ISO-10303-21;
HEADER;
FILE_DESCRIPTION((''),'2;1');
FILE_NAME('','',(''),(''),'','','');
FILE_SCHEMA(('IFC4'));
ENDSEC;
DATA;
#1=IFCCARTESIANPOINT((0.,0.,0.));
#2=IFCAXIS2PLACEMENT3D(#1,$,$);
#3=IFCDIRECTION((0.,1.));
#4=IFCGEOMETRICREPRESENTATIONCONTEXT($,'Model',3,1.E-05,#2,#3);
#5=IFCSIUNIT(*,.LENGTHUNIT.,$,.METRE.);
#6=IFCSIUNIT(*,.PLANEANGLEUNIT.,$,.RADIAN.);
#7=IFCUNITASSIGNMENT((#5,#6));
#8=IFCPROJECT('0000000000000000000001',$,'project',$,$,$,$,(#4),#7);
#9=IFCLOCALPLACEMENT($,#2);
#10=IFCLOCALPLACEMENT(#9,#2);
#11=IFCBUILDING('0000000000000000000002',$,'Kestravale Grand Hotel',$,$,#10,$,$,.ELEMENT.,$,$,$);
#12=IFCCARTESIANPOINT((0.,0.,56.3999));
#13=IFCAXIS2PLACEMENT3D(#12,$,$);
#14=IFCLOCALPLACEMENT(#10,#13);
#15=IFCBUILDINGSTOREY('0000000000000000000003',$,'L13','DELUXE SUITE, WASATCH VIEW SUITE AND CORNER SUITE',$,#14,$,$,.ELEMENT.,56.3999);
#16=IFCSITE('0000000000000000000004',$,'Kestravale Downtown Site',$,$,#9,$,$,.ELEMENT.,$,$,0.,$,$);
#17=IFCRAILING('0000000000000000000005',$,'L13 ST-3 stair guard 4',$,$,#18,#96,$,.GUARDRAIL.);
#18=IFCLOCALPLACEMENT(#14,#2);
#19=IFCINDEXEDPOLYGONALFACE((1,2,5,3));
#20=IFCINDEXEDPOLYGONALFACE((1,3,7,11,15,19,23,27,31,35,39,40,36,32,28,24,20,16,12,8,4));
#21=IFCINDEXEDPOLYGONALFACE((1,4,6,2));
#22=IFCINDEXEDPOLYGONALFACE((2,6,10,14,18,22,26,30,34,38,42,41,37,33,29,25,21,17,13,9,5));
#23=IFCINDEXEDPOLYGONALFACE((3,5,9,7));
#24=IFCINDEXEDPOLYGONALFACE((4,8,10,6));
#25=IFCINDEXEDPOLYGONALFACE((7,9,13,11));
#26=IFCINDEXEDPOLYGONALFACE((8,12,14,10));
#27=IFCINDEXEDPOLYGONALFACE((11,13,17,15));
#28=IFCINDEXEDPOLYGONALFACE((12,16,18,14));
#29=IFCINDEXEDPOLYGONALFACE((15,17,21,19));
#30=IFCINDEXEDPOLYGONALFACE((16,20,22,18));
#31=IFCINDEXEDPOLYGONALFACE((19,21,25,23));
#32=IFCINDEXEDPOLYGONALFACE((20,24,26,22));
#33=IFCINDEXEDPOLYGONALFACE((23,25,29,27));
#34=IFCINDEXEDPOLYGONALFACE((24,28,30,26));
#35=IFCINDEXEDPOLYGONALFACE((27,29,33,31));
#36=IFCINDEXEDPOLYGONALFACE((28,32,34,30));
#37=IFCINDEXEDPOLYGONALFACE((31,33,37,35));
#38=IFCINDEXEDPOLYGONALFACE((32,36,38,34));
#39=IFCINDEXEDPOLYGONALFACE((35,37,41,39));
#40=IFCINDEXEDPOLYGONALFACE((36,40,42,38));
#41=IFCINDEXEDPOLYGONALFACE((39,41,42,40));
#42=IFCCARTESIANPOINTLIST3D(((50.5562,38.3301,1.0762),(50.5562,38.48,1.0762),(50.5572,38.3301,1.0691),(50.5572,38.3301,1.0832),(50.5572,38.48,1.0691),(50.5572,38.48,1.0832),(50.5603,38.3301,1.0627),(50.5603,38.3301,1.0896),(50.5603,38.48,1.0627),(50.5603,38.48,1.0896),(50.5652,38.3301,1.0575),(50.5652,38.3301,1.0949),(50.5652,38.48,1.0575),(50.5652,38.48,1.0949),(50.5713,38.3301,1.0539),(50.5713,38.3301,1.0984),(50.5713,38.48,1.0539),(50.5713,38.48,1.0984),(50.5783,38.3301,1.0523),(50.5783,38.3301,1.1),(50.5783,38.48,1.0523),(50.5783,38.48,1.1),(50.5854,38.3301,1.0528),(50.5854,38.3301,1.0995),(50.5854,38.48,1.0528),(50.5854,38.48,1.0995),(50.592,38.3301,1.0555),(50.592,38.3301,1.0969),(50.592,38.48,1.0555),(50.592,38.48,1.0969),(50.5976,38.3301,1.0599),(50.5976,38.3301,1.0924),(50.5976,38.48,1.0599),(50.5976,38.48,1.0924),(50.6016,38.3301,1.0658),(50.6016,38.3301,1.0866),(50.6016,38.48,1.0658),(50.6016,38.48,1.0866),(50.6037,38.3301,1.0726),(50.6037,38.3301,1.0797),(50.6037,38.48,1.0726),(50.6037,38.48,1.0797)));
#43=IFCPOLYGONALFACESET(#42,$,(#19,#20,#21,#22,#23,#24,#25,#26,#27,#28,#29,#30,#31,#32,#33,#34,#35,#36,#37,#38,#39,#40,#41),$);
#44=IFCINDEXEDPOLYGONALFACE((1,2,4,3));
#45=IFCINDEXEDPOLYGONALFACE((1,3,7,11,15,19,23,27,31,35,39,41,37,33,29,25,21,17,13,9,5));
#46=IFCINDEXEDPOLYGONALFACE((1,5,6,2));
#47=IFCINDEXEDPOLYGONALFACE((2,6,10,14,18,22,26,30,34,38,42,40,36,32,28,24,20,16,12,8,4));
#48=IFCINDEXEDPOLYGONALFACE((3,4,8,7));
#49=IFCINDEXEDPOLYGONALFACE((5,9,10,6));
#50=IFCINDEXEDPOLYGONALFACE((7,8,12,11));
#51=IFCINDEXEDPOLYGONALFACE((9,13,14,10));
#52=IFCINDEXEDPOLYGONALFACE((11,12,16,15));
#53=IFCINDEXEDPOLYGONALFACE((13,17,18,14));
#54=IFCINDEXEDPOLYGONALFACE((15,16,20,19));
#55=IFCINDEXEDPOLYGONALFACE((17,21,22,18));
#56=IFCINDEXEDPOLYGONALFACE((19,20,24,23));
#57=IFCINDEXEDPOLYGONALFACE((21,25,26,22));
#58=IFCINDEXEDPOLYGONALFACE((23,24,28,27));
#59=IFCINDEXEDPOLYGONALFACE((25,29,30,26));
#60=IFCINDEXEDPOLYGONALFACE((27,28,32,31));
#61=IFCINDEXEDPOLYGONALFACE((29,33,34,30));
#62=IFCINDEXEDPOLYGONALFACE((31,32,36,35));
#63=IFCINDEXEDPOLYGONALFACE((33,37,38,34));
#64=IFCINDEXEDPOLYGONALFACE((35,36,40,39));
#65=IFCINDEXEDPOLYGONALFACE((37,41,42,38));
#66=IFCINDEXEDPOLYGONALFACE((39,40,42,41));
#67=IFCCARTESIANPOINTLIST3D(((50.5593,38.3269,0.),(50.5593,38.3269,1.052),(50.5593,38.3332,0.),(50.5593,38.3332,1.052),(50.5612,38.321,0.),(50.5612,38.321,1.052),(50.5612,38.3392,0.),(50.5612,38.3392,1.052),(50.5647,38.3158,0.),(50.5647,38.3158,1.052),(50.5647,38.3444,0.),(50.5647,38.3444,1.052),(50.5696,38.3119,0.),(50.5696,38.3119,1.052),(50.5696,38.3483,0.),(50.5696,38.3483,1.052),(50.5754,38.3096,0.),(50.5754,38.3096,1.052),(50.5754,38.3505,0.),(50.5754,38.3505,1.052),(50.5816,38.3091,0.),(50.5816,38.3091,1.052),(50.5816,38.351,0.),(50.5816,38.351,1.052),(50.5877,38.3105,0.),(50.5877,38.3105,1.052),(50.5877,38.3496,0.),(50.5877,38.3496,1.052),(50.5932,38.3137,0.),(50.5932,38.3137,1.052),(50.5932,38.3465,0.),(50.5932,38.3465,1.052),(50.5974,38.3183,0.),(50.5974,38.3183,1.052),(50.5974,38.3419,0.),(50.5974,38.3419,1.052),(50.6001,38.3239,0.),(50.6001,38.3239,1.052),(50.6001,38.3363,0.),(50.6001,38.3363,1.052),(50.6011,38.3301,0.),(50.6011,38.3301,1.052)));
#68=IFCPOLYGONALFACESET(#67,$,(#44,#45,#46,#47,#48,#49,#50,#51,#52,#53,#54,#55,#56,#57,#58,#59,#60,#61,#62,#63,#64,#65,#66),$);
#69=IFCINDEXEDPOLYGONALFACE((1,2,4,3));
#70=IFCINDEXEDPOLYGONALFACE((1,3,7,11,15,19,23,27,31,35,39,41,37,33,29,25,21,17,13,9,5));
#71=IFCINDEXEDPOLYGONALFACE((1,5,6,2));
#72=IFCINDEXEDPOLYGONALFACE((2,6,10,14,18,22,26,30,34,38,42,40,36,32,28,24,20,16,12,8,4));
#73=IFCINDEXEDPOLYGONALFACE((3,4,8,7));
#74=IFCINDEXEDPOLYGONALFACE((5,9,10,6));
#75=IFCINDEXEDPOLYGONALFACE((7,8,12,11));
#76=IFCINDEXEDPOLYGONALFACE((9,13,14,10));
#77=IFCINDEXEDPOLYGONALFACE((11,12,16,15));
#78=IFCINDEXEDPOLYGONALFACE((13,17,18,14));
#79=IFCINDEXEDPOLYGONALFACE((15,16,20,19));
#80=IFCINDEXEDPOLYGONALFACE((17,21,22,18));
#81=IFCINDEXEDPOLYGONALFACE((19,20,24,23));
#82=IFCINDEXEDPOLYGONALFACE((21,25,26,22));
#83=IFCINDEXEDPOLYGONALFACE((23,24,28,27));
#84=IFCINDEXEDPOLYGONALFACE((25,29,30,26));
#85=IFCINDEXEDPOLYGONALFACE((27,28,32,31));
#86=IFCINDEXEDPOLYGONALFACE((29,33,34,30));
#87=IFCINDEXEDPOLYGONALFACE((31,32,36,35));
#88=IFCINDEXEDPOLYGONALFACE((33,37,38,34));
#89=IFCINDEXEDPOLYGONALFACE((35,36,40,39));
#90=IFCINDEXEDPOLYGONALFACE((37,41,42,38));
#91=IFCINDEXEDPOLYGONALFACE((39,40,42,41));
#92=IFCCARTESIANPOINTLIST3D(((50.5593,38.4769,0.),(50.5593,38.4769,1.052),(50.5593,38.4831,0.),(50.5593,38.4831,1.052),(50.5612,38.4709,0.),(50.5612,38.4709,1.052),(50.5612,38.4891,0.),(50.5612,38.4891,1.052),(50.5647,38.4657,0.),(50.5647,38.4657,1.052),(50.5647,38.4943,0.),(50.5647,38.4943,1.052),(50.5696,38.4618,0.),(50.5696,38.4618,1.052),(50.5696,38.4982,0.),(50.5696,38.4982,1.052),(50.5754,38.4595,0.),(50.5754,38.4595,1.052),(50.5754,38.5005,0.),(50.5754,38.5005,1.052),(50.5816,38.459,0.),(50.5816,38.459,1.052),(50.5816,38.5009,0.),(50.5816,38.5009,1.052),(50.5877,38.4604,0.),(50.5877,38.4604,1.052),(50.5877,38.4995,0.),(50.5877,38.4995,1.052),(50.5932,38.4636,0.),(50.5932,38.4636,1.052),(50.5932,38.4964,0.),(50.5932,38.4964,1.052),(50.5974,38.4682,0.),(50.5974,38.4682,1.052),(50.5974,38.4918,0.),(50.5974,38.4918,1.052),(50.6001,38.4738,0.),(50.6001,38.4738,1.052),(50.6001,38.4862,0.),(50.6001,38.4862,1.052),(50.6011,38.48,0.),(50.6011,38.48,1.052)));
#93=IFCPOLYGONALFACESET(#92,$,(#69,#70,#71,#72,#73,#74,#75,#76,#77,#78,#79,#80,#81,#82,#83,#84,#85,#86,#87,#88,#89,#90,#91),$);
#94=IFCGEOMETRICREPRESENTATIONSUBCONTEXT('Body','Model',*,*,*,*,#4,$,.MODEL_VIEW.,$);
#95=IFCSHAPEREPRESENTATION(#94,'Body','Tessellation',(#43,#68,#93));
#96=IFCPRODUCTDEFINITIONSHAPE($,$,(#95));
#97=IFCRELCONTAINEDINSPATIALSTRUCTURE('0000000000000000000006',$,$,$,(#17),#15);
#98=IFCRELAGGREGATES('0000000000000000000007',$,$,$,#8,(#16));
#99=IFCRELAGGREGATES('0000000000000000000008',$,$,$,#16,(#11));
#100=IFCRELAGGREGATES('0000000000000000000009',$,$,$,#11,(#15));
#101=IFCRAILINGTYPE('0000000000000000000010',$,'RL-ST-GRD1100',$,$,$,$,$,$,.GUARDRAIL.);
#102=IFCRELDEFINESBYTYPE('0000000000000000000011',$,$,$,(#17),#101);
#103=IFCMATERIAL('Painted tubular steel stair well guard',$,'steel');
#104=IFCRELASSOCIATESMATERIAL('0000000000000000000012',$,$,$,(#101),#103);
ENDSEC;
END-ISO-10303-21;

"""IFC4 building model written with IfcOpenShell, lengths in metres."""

from ifc_helpers import new_model, si_unit, direction, frame, origin, origin_2d, place, context, subcontext, project, spatial, circle, extrude, material, type_object, element, save


model = new_model("IFC4")

# Units and contexts
model_context = context("Model", 3, precision=1e-05, world=origin(), true_north=direction((0.0, 1.0)))
body_context = subcontext(model_context, "Body", "Model", "MODEL_VIEW")
ifc_project = project(units=[si_unit("LENGTHUNIT", "METRE"), si_unit("PLANEANGLEUNIT", "RADIAN")], contexts=[model_context])

# Site, building, storey
site_placement = place(None, origin())
site = spatial("IfcSite", under=ifc_project, at=site_placement, Name="Kestravale Downtown Site", CompositionType="ELEMENT", RefElevation=0.0)
building_placement = place(site_placement, origin())
building = spatial("IfcBuilding", under=site, at=building_placement, Name="Kestravale Grand Hotel", CompositionType="ELEMENT")
storey_placement = place(building_placement, frame((0.0, 0.0, 56.3999)))
storey = spatial("IfcBuildingStorey", under=building, at=storey_placement, Name="L13", Description="DELUXE SUITE, WASATCH VIEW SUITE AND CORNER SUITE", CompositionType="ELEMENT", Elevation=56.3999)

# Railing
ifc_material_1 = material(Name="Painted tubular steel stair well guard", Category="steel")
railing_type_1 = type_object("IfcRailingType", Name="RL-ST-GRD1100", PredefinedType="GUARDRAIL", material=ifc_material_1)
railing_1_placement = place(storey_placement, frame((50.5801, 38.3301, 0.0)))
element("IfcRailing", 1, at=railing_1_placement, inside=storey, type_object=railing_type_1, Name="L13 ST-3 stair guard 4", PredefinedType="GUARDRAIL", context=body_context, shape_type="SweptSolid", body=[
    extrude(circle(Radius=0.0239, at=origin_2d()), frame((0.0, 0.0, 1.0762), z_axis=(0.0, 1.0, 0.0), x_axis=(-1.0, 0.0, 0.0)), (0.0, 0.0, 1.0), 0.1499),
    extrude(circle(Radius=0.021, at=origin_2d()), origin(), (0.0, 0.0, 1.0), 1.052),
    extrude(circle(Radius=0.021, at=origin_2d()), frame((0.0, 0.1499, 0.0)), (0.0, 0.0, 1.0), 1.052),
])

save(model, "model.ifc")
